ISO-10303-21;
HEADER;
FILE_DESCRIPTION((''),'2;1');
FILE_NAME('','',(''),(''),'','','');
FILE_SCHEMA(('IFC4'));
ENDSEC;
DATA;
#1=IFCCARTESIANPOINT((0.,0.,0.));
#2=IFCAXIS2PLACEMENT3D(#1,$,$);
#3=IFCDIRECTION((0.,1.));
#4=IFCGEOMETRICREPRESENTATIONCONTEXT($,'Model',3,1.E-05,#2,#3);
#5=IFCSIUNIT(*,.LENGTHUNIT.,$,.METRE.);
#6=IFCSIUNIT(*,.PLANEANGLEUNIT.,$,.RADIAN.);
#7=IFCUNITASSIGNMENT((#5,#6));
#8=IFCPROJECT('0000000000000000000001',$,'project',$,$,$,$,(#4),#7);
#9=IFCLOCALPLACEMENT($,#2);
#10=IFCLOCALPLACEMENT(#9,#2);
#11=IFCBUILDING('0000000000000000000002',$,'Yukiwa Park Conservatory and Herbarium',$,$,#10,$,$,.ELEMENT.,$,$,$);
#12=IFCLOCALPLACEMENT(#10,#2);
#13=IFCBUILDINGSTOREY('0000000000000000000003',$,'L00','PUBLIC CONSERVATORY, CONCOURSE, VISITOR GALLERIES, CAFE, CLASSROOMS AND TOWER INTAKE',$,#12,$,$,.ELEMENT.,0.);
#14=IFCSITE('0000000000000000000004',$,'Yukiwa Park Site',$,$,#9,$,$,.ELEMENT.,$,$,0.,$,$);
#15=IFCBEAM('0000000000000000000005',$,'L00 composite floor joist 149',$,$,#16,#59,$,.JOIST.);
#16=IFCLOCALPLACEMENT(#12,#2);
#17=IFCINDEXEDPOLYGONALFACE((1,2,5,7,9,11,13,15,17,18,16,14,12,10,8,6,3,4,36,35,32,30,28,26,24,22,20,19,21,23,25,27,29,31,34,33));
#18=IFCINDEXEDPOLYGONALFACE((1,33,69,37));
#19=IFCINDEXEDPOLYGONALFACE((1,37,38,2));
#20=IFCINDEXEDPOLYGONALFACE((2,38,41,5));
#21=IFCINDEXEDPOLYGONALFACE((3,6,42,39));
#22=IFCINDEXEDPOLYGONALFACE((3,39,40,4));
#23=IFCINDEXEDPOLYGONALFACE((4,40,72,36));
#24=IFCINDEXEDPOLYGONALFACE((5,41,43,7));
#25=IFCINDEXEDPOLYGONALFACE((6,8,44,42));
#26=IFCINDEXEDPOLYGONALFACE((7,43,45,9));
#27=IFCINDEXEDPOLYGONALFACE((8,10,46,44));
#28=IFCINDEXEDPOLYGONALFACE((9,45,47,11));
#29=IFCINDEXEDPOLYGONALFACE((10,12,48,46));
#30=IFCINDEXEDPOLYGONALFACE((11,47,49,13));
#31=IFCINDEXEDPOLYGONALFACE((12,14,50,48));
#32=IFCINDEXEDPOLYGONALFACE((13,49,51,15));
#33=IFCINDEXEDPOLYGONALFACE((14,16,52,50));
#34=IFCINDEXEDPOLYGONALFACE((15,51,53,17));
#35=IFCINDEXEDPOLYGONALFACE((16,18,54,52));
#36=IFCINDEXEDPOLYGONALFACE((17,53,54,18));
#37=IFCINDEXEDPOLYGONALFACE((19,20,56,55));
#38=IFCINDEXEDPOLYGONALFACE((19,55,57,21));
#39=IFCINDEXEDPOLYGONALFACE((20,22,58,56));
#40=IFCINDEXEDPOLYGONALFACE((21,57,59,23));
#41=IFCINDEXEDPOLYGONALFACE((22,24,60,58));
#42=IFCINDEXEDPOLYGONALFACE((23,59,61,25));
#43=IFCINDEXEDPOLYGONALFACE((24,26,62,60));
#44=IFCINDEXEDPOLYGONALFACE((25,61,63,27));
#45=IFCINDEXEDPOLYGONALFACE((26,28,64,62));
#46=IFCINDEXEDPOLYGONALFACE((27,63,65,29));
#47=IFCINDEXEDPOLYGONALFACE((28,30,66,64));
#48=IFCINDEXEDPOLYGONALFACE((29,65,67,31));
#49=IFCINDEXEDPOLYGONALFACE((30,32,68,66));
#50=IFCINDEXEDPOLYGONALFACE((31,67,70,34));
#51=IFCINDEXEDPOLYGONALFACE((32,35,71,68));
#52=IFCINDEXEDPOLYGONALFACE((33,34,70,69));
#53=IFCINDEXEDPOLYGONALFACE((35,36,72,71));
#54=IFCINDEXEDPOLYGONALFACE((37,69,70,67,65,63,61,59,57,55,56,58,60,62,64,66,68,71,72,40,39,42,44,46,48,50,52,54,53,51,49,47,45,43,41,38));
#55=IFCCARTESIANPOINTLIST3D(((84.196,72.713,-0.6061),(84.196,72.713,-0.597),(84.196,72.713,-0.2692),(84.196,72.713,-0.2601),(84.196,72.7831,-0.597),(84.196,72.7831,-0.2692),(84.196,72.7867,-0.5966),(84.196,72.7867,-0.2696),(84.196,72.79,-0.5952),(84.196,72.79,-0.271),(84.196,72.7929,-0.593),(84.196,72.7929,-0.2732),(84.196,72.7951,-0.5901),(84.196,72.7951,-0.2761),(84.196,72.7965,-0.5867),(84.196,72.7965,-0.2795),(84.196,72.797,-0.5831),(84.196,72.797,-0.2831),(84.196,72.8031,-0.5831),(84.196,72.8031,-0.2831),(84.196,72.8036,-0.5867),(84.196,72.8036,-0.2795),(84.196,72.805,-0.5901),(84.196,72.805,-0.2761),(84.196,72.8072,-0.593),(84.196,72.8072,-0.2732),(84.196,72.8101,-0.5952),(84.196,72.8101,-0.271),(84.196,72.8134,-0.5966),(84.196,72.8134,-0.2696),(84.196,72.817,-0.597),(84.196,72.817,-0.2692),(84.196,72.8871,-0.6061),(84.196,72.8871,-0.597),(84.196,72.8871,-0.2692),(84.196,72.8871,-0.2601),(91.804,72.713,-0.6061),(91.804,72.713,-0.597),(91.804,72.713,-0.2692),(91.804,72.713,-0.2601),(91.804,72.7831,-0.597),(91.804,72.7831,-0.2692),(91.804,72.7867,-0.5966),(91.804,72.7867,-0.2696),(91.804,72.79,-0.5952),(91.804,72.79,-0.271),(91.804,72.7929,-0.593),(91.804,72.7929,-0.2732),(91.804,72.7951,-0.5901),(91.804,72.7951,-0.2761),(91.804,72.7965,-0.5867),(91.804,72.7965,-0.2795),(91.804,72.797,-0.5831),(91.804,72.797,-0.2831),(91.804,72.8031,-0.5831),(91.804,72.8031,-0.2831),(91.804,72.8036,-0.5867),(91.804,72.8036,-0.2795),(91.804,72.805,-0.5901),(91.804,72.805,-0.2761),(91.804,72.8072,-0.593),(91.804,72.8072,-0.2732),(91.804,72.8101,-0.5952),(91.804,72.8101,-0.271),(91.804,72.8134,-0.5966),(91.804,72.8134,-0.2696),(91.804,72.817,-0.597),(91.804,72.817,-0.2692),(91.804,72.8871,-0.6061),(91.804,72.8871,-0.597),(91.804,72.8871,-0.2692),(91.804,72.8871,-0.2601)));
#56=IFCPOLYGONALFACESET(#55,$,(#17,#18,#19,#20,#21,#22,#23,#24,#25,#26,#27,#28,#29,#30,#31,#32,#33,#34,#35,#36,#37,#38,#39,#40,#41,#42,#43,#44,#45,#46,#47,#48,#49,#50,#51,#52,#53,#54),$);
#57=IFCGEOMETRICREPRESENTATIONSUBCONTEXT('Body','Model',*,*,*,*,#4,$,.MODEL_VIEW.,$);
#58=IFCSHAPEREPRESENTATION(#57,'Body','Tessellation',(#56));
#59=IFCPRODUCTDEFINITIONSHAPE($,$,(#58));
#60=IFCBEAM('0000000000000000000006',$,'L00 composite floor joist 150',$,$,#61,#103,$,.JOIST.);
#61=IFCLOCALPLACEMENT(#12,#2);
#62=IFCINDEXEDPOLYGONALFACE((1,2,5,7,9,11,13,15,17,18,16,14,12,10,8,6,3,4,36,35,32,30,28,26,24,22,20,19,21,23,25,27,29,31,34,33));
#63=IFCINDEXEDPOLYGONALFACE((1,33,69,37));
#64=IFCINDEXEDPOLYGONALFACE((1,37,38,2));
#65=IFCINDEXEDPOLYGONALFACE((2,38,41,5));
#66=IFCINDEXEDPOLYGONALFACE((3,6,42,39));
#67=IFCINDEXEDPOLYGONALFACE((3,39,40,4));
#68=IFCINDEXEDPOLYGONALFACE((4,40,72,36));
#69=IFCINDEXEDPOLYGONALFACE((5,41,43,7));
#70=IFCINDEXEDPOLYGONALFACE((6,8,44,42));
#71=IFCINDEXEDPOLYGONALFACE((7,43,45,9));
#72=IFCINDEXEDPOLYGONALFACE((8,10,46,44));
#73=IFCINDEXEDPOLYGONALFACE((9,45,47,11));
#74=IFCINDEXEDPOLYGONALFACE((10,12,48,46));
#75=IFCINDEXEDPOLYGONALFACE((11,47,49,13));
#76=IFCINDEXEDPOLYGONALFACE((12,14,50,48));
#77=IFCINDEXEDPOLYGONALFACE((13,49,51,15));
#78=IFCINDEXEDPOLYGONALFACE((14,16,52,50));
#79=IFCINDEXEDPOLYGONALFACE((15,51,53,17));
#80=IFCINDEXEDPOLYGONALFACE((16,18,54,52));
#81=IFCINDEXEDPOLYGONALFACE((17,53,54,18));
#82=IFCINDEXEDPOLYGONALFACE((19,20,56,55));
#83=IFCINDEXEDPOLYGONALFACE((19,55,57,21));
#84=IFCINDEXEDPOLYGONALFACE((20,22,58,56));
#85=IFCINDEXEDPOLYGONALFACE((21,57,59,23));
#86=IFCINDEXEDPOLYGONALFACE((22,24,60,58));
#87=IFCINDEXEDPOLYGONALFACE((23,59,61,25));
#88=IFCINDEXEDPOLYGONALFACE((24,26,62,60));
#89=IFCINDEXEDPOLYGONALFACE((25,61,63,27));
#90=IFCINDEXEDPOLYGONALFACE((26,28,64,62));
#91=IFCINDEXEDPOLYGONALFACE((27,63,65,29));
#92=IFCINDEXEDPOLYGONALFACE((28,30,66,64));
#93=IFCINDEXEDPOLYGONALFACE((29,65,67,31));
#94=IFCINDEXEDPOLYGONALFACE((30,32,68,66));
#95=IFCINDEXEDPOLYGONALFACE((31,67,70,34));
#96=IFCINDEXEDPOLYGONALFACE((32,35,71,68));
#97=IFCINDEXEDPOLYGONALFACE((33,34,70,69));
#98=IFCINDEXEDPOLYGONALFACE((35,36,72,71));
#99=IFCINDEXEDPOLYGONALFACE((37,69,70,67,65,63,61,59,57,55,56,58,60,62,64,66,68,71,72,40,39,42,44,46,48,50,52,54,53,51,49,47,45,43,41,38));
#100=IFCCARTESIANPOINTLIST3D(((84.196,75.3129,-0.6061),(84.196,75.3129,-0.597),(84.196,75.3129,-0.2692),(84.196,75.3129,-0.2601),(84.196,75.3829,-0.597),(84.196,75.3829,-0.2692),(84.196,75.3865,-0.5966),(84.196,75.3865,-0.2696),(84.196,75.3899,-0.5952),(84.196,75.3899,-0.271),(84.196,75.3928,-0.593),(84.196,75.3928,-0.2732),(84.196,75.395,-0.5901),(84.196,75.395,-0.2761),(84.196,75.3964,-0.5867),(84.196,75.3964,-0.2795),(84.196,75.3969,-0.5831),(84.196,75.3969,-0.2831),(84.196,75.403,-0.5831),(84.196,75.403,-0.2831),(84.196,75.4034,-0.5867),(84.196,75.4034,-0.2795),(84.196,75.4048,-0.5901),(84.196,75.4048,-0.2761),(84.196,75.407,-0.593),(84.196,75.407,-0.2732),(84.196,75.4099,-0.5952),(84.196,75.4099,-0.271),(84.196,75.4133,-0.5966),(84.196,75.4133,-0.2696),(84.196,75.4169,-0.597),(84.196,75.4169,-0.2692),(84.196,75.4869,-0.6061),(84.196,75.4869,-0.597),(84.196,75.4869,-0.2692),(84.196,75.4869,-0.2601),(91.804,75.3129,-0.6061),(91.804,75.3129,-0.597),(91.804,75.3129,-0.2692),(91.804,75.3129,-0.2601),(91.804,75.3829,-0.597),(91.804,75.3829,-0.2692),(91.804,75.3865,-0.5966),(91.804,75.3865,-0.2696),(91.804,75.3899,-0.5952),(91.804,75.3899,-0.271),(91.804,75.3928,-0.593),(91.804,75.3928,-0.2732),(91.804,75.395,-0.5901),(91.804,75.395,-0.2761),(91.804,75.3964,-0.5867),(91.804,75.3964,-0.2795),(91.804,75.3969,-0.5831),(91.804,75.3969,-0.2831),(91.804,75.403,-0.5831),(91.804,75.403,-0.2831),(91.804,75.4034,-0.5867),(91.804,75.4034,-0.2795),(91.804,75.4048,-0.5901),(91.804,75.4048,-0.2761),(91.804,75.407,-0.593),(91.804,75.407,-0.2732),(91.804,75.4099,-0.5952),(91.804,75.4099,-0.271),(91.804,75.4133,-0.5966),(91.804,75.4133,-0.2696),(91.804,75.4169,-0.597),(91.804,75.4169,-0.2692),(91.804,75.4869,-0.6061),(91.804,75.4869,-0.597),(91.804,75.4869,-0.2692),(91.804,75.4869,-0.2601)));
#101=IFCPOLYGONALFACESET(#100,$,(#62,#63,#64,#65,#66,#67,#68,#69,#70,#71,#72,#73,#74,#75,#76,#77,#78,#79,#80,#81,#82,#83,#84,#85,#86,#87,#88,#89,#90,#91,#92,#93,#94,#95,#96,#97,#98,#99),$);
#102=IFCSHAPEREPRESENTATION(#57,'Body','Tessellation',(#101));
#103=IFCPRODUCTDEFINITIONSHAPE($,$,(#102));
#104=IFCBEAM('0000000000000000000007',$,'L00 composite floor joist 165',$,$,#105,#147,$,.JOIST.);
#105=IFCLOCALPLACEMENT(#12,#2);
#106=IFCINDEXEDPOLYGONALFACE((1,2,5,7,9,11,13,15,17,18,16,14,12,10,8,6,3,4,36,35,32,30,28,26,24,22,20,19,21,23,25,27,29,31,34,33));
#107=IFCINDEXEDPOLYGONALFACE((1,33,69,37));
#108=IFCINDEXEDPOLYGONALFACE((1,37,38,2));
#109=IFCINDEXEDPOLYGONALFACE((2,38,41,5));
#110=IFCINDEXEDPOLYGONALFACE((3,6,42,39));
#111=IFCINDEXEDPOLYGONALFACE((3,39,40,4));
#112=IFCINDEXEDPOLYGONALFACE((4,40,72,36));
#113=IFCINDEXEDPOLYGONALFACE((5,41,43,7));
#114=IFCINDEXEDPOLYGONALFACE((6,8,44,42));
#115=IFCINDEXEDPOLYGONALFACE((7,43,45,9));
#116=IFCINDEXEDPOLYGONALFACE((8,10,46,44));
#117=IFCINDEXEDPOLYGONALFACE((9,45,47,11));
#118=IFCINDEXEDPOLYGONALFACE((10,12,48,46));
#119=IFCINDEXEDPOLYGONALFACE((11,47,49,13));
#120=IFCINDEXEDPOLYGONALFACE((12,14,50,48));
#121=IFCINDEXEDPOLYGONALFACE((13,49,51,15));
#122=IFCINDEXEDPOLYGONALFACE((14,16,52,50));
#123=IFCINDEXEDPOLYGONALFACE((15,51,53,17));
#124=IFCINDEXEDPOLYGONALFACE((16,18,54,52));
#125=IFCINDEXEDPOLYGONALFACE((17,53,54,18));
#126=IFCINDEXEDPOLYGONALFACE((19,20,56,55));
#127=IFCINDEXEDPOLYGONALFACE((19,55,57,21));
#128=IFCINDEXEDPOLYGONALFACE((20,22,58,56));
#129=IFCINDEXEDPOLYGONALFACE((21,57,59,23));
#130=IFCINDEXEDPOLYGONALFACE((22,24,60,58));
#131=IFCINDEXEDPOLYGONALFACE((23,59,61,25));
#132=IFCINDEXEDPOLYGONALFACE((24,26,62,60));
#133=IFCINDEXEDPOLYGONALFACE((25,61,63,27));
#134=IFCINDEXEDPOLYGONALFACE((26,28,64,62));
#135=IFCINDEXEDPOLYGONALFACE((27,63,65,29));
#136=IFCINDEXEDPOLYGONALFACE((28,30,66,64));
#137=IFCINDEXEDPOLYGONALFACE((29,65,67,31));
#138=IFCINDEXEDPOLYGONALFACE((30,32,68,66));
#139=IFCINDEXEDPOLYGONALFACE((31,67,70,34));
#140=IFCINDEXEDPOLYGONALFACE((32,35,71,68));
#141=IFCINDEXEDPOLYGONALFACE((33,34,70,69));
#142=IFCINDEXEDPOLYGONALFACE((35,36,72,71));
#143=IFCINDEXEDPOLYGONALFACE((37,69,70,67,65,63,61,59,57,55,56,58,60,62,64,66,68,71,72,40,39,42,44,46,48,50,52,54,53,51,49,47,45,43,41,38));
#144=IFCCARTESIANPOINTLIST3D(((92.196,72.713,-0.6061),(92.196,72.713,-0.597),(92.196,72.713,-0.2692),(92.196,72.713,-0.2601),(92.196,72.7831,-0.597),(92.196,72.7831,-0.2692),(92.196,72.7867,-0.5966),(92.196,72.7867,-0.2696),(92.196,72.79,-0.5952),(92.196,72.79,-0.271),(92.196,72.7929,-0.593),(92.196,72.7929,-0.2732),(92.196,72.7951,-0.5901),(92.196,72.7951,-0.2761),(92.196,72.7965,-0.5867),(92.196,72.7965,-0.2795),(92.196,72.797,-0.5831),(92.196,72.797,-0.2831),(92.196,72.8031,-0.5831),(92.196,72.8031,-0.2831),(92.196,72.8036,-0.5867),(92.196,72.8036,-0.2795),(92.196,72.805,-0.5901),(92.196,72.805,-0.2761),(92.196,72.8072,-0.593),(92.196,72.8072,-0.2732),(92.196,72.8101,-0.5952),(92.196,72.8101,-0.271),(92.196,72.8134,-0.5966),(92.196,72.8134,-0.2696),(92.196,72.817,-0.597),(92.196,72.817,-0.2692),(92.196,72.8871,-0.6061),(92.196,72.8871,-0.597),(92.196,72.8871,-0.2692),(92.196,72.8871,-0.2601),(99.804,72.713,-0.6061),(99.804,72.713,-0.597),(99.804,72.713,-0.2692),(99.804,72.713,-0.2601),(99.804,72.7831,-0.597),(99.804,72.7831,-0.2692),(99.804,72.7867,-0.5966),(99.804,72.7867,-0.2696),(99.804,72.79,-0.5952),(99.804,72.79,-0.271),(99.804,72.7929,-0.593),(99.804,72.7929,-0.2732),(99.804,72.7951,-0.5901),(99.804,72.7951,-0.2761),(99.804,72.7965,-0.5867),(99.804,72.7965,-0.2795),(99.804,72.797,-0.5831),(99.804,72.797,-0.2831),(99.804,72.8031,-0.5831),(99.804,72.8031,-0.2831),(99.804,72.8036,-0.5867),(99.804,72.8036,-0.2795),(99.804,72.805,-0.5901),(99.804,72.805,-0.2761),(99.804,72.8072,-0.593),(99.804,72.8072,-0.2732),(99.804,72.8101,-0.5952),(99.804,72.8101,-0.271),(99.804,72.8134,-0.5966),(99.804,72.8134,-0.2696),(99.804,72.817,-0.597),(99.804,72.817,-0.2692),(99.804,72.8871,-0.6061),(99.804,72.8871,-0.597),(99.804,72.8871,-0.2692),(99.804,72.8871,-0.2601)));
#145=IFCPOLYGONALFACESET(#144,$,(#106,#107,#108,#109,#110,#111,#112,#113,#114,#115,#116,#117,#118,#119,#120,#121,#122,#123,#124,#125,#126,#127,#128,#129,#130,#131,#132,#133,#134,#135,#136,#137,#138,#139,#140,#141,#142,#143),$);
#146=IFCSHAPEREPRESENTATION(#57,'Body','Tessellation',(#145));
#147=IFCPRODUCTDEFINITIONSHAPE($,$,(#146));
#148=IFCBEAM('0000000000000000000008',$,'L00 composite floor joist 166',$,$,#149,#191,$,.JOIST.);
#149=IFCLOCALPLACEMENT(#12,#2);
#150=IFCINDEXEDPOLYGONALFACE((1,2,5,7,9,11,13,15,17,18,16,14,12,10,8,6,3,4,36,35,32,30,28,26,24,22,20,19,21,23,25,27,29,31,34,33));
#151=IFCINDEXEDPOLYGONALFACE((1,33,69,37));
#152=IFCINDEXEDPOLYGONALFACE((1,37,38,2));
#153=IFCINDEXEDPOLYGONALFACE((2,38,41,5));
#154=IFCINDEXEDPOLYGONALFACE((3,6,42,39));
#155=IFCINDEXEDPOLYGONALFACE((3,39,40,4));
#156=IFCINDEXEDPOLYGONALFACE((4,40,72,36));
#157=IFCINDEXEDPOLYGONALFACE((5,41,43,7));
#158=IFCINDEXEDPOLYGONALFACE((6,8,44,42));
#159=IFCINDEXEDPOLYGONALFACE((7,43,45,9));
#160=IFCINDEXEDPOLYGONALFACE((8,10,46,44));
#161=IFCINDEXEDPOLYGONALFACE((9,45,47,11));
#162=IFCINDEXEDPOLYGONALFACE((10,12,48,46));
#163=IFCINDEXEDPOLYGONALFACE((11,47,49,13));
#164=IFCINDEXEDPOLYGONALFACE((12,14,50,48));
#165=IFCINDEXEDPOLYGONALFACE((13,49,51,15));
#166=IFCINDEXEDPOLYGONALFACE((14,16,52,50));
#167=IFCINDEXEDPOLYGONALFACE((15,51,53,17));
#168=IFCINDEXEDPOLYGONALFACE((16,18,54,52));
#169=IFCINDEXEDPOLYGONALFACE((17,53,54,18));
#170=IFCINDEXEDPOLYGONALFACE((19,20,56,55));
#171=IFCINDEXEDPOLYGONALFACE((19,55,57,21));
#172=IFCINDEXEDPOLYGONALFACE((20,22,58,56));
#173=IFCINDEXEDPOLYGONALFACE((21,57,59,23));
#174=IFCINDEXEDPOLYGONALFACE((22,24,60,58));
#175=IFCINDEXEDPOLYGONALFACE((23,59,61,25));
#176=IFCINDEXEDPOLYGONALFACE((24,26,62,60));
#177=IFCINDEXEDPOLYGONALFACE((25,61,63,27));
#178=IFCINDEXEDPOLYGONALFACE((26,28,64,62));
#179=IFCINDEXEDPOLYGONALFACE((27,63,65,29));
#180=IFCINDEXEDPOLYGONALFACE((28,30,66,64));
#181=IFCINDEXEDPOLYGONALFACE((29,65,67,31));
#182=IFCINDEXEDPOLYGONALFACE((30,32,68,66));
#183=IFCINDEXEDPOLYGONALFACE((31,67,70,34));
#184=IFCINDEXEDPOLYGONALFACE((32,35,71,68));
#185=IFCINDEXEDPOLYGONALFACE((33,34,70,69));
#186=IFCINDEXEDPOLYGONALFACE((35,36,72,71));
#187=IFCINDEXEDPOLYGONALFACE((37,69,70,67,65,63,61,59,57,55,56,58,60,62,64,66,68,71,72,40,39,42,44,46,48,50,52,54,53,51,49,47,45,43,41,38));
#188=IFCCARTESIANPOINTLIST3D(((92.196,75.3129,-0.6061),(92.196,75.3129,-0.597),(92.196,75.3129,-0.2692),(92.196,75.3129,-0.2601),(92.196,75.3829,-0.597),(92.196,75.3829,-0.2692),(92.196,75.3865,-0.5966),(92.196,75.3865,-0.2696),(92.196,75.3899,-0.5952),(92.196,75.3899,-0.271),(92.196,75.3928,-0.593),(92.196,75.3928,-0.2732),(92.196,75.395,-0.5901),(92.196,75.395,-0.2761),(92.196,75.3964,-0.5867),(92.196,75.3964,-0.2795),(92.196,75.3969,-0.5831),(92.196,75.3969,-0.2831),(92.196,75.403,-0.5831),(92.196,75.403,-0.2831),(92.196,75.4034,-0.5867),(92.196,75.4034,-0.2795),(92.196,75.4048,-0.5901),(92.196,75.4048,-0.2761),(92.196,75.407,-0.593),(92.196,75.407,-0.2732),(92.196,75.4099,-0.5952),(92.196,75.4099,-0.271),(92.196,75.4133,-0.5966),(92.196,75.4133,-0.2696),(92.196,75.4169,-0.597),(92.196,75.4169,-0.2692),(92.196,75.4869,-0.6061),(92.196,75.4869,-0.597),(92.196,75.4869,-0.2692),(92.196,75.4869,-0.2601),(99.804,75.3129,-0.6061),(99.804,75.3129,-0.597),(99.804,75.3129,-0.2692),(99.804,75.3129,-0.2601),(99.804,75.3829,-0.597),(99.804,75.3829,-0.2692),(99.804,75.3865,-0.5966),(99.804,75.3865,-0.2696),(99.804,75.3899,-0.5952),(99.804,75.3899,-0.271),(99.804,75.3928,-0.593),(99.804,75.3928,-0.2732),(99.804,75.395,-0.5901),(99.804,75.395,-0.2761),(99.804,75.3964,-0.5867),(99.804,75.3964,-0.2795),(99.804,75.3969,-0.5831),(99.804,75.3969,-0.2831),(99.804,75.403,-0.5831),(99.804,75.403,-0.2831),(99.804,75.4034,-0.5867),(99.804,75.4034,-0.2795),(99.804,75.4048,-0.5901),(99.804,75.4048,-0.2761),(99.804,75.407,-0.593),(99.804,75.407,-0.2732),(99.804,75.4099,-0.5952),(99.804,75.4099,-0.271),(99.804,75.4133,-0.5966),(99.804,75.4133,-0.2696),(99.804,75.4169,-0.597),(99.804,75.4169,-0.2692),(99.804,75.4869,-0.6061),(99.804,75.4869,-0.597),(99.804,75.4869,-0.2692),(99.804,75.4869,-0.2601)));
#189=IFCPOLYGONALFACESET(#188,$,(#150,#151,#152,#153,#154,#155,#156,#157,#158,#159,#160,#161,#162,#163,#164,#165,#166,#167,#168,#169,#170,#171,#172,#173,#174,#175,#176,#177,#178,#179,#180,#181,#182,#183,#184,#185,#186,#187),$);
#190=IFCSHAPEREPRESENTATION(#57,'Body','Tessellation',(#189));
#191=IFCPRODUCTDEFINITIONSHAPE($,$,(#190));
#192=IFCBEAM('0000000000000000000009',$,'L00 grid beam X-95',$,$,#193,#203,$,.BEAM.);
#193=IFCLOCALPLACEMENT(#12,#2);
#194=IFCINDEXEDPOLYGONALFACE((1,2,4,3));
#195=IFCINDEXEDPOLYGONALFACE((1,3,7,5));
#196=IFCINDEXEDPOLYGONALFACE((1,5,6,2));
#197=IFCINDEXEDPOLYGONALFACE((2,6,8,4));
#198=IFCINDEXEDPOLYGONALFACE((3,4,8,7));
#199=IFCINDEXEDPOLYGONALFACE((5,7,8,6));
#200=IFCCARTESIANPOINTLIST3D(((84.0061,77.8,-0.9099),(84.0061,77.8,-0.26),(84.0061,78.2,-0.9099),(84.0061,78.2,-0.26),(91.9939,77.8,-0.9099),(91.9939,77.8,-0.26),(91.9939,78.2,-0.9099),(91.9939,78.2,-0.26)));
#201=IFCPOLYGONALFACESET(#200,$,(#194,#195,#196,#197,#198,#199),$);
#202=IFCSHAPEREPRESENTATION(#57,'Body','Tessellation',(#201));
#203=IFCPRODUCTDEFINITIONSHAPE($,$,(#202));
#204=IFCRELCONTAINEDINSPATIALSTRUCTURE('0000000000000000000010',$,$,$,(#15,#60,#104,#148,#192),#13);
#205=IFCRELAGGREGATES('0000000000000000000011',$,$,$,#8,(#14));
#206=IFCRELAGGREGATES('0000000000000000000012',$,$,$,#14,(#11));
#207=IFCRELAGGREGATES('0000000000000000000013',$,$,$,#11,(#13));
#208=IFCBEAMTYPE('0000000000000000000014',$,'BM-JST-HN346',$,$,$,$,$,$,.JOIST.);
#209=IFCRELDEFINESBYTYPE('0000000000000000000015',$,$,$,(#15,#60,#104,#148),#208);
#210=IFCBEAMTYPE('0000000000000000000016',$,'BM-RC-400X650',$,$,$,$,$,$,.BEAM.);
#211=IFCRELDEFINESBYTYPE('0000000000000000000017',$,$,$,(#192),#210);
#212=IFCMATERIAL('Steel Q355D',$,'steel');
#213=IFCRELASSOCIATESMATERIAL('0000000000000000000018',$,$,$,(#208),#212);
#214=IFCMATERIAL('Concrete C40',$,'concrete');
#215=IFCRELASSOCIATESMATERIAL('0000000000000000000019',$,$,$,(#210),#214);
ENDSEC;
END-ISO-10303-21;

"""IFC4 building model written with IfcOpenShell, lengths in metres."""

from ifc_helpers import new_model, si_unit, direction, frame, origin, origin_2d, place, context, subcontext, project, spatial, rectangle, i_section, extrude, material, material_profile, profile_set, type_object, element, save


model = new_model("IFC4")

# Units and contexts
model_context = context("Model", 3, precision=1e-05, world=origin(), true_north=direction((0.0, 1.0)))
body_context = subcontext(model_context, "Body", "Model", "MODEL_VIEW")
ifc_project = project(units=[si_unit("LENGTHUNIT", "METRE"), si_unit("PLANEANGLEUNIT", "RADIAN")], contexts=[model_context])

# Site, building, storey
site_placement = place(None, origin())
site = spatial("IfcSite", under=ifc_project, at=site_placement, Name="Yukiwa Park Site", CompositionType="ELEMENT", RefElevation=0.0)
building_placement = place(site_placement, origin())
building = spatial("IfcBuilding", under=site, at=building_placement, Name="Yukiwa Park Conservatory and Herbarium", CompositionType="ELEMENT")
storey_placement = place(building_placement, origin())
storey = spatial("IfcBuildingStorey", under=building, at=storey_placement, Name="L00", Description="PUBLIC CONSERVATORY, CONCOURSE, VISITOR GALLERIES, CAFE, CLASSROOMS AND TOWER INTAKE", CompositionType="ELEMENT", Elevation=0.0)

# Beams
ifc_material_1 = material(Name="Steel Q355D", Category="steel")
ifc_material_profile_1 = material_profile(ifc_material_1, i_section(OverallWidth=0.1741, OverallDepth=0.3459, WebThickness=0.0061, FlangeThickness=0.009, FilletRadius=0.0139, at=origin_2d()), Name="HN 346x174x6x9")
ifc_profile_set_1 = profile_set([ifc_material_profile_1], Name="Steel Q355D")
beam_type_1 = type_object("IfcBeamType", Name="BM-JST-HN346", PredefinedType="JOIST", material=ifc_profile_set_1)
for number, where, z_axis, x_axis, name in (
    (1, (84.196, 72.8, -0.4331), (1.0, 0.0, 0.0), (0.0, 1.0, 0.0), "L00 composite floor joist 149"),
    (2, (84.196, 75.3999, -0.4331), (1.0, 0.0, 0.0), (0.0, 1.0, 0.0), "L00 composite floor joist 150"),
    (3, (92.196, 72.8, -0.4331), (1.0, 0.0, 0.0), (0.0, 1.0, 0.0), "L00 composite floor joist 165"),
    (4, (92.196, 75.3999, -0.4331), (1.0, 0.0, 0.0), (0.0, 1.0, 0.0), "L00 composite floor joist 166"),
):
    element("IfcBeam", number, at=place(storey_placement, frame(where, z_axis=z_axis, x_axis=x_axis)), inside=storey, type_object=beam_type_1, Name=name, PredefinedType="JOIST", context=body_context, shape_type="SweptSolid", body=[
        extrude(i_section(OverallWidth=0.1741, OverallDepth=0.3459, WebThickness=0.0061, FlangeThickness=0.009, FilletRadius=0.0139, at=origin_2d()), origin(), (0.0, 0.0, 1.0), 7.6079),
    ])
ifc_material_2 = material(Name="Concrete C40", Category="concrete")
ifc_material_profile_2 = material_profile(ifc_material_2, rectangle(XDim=0.3999, YDim=0.6499, at=origin_2d()), Name="RC 400x650")
ifc_profile_set_2 = profile_set([ifc_material_profile_2], Name="Concrete C40")
beam_type_2 = type_object("IfcBeamType", Name="BM-RC-400X650", PredefinedType="BEAM", material=ifc_profile_set_2)
for number, where, z_axis, x_axis, name in (
    (5, (84.0061, 78.0, -0.585), (1.0, 0.0, 0.0), (0.0, 1.0, 0.0), "L00 grid beam X-95"),
):
    element("IfcBeam", number, at=place(storey_placement, frame(where, z_axis=z_axis, x_axis=x_axis)), inside=storey, type_object=beam_type_2, Name=name, PredefinedType="BEAM", context=body_context, shape_type="SweptSolid", body=[
        extrude(rectangle(XDim=0.3999, YDim=0.6499, at=origin_2d()), origin(), (0.0, 0.0, 1.0), 7.9878),
    ])

save(model, "model.ifc")
